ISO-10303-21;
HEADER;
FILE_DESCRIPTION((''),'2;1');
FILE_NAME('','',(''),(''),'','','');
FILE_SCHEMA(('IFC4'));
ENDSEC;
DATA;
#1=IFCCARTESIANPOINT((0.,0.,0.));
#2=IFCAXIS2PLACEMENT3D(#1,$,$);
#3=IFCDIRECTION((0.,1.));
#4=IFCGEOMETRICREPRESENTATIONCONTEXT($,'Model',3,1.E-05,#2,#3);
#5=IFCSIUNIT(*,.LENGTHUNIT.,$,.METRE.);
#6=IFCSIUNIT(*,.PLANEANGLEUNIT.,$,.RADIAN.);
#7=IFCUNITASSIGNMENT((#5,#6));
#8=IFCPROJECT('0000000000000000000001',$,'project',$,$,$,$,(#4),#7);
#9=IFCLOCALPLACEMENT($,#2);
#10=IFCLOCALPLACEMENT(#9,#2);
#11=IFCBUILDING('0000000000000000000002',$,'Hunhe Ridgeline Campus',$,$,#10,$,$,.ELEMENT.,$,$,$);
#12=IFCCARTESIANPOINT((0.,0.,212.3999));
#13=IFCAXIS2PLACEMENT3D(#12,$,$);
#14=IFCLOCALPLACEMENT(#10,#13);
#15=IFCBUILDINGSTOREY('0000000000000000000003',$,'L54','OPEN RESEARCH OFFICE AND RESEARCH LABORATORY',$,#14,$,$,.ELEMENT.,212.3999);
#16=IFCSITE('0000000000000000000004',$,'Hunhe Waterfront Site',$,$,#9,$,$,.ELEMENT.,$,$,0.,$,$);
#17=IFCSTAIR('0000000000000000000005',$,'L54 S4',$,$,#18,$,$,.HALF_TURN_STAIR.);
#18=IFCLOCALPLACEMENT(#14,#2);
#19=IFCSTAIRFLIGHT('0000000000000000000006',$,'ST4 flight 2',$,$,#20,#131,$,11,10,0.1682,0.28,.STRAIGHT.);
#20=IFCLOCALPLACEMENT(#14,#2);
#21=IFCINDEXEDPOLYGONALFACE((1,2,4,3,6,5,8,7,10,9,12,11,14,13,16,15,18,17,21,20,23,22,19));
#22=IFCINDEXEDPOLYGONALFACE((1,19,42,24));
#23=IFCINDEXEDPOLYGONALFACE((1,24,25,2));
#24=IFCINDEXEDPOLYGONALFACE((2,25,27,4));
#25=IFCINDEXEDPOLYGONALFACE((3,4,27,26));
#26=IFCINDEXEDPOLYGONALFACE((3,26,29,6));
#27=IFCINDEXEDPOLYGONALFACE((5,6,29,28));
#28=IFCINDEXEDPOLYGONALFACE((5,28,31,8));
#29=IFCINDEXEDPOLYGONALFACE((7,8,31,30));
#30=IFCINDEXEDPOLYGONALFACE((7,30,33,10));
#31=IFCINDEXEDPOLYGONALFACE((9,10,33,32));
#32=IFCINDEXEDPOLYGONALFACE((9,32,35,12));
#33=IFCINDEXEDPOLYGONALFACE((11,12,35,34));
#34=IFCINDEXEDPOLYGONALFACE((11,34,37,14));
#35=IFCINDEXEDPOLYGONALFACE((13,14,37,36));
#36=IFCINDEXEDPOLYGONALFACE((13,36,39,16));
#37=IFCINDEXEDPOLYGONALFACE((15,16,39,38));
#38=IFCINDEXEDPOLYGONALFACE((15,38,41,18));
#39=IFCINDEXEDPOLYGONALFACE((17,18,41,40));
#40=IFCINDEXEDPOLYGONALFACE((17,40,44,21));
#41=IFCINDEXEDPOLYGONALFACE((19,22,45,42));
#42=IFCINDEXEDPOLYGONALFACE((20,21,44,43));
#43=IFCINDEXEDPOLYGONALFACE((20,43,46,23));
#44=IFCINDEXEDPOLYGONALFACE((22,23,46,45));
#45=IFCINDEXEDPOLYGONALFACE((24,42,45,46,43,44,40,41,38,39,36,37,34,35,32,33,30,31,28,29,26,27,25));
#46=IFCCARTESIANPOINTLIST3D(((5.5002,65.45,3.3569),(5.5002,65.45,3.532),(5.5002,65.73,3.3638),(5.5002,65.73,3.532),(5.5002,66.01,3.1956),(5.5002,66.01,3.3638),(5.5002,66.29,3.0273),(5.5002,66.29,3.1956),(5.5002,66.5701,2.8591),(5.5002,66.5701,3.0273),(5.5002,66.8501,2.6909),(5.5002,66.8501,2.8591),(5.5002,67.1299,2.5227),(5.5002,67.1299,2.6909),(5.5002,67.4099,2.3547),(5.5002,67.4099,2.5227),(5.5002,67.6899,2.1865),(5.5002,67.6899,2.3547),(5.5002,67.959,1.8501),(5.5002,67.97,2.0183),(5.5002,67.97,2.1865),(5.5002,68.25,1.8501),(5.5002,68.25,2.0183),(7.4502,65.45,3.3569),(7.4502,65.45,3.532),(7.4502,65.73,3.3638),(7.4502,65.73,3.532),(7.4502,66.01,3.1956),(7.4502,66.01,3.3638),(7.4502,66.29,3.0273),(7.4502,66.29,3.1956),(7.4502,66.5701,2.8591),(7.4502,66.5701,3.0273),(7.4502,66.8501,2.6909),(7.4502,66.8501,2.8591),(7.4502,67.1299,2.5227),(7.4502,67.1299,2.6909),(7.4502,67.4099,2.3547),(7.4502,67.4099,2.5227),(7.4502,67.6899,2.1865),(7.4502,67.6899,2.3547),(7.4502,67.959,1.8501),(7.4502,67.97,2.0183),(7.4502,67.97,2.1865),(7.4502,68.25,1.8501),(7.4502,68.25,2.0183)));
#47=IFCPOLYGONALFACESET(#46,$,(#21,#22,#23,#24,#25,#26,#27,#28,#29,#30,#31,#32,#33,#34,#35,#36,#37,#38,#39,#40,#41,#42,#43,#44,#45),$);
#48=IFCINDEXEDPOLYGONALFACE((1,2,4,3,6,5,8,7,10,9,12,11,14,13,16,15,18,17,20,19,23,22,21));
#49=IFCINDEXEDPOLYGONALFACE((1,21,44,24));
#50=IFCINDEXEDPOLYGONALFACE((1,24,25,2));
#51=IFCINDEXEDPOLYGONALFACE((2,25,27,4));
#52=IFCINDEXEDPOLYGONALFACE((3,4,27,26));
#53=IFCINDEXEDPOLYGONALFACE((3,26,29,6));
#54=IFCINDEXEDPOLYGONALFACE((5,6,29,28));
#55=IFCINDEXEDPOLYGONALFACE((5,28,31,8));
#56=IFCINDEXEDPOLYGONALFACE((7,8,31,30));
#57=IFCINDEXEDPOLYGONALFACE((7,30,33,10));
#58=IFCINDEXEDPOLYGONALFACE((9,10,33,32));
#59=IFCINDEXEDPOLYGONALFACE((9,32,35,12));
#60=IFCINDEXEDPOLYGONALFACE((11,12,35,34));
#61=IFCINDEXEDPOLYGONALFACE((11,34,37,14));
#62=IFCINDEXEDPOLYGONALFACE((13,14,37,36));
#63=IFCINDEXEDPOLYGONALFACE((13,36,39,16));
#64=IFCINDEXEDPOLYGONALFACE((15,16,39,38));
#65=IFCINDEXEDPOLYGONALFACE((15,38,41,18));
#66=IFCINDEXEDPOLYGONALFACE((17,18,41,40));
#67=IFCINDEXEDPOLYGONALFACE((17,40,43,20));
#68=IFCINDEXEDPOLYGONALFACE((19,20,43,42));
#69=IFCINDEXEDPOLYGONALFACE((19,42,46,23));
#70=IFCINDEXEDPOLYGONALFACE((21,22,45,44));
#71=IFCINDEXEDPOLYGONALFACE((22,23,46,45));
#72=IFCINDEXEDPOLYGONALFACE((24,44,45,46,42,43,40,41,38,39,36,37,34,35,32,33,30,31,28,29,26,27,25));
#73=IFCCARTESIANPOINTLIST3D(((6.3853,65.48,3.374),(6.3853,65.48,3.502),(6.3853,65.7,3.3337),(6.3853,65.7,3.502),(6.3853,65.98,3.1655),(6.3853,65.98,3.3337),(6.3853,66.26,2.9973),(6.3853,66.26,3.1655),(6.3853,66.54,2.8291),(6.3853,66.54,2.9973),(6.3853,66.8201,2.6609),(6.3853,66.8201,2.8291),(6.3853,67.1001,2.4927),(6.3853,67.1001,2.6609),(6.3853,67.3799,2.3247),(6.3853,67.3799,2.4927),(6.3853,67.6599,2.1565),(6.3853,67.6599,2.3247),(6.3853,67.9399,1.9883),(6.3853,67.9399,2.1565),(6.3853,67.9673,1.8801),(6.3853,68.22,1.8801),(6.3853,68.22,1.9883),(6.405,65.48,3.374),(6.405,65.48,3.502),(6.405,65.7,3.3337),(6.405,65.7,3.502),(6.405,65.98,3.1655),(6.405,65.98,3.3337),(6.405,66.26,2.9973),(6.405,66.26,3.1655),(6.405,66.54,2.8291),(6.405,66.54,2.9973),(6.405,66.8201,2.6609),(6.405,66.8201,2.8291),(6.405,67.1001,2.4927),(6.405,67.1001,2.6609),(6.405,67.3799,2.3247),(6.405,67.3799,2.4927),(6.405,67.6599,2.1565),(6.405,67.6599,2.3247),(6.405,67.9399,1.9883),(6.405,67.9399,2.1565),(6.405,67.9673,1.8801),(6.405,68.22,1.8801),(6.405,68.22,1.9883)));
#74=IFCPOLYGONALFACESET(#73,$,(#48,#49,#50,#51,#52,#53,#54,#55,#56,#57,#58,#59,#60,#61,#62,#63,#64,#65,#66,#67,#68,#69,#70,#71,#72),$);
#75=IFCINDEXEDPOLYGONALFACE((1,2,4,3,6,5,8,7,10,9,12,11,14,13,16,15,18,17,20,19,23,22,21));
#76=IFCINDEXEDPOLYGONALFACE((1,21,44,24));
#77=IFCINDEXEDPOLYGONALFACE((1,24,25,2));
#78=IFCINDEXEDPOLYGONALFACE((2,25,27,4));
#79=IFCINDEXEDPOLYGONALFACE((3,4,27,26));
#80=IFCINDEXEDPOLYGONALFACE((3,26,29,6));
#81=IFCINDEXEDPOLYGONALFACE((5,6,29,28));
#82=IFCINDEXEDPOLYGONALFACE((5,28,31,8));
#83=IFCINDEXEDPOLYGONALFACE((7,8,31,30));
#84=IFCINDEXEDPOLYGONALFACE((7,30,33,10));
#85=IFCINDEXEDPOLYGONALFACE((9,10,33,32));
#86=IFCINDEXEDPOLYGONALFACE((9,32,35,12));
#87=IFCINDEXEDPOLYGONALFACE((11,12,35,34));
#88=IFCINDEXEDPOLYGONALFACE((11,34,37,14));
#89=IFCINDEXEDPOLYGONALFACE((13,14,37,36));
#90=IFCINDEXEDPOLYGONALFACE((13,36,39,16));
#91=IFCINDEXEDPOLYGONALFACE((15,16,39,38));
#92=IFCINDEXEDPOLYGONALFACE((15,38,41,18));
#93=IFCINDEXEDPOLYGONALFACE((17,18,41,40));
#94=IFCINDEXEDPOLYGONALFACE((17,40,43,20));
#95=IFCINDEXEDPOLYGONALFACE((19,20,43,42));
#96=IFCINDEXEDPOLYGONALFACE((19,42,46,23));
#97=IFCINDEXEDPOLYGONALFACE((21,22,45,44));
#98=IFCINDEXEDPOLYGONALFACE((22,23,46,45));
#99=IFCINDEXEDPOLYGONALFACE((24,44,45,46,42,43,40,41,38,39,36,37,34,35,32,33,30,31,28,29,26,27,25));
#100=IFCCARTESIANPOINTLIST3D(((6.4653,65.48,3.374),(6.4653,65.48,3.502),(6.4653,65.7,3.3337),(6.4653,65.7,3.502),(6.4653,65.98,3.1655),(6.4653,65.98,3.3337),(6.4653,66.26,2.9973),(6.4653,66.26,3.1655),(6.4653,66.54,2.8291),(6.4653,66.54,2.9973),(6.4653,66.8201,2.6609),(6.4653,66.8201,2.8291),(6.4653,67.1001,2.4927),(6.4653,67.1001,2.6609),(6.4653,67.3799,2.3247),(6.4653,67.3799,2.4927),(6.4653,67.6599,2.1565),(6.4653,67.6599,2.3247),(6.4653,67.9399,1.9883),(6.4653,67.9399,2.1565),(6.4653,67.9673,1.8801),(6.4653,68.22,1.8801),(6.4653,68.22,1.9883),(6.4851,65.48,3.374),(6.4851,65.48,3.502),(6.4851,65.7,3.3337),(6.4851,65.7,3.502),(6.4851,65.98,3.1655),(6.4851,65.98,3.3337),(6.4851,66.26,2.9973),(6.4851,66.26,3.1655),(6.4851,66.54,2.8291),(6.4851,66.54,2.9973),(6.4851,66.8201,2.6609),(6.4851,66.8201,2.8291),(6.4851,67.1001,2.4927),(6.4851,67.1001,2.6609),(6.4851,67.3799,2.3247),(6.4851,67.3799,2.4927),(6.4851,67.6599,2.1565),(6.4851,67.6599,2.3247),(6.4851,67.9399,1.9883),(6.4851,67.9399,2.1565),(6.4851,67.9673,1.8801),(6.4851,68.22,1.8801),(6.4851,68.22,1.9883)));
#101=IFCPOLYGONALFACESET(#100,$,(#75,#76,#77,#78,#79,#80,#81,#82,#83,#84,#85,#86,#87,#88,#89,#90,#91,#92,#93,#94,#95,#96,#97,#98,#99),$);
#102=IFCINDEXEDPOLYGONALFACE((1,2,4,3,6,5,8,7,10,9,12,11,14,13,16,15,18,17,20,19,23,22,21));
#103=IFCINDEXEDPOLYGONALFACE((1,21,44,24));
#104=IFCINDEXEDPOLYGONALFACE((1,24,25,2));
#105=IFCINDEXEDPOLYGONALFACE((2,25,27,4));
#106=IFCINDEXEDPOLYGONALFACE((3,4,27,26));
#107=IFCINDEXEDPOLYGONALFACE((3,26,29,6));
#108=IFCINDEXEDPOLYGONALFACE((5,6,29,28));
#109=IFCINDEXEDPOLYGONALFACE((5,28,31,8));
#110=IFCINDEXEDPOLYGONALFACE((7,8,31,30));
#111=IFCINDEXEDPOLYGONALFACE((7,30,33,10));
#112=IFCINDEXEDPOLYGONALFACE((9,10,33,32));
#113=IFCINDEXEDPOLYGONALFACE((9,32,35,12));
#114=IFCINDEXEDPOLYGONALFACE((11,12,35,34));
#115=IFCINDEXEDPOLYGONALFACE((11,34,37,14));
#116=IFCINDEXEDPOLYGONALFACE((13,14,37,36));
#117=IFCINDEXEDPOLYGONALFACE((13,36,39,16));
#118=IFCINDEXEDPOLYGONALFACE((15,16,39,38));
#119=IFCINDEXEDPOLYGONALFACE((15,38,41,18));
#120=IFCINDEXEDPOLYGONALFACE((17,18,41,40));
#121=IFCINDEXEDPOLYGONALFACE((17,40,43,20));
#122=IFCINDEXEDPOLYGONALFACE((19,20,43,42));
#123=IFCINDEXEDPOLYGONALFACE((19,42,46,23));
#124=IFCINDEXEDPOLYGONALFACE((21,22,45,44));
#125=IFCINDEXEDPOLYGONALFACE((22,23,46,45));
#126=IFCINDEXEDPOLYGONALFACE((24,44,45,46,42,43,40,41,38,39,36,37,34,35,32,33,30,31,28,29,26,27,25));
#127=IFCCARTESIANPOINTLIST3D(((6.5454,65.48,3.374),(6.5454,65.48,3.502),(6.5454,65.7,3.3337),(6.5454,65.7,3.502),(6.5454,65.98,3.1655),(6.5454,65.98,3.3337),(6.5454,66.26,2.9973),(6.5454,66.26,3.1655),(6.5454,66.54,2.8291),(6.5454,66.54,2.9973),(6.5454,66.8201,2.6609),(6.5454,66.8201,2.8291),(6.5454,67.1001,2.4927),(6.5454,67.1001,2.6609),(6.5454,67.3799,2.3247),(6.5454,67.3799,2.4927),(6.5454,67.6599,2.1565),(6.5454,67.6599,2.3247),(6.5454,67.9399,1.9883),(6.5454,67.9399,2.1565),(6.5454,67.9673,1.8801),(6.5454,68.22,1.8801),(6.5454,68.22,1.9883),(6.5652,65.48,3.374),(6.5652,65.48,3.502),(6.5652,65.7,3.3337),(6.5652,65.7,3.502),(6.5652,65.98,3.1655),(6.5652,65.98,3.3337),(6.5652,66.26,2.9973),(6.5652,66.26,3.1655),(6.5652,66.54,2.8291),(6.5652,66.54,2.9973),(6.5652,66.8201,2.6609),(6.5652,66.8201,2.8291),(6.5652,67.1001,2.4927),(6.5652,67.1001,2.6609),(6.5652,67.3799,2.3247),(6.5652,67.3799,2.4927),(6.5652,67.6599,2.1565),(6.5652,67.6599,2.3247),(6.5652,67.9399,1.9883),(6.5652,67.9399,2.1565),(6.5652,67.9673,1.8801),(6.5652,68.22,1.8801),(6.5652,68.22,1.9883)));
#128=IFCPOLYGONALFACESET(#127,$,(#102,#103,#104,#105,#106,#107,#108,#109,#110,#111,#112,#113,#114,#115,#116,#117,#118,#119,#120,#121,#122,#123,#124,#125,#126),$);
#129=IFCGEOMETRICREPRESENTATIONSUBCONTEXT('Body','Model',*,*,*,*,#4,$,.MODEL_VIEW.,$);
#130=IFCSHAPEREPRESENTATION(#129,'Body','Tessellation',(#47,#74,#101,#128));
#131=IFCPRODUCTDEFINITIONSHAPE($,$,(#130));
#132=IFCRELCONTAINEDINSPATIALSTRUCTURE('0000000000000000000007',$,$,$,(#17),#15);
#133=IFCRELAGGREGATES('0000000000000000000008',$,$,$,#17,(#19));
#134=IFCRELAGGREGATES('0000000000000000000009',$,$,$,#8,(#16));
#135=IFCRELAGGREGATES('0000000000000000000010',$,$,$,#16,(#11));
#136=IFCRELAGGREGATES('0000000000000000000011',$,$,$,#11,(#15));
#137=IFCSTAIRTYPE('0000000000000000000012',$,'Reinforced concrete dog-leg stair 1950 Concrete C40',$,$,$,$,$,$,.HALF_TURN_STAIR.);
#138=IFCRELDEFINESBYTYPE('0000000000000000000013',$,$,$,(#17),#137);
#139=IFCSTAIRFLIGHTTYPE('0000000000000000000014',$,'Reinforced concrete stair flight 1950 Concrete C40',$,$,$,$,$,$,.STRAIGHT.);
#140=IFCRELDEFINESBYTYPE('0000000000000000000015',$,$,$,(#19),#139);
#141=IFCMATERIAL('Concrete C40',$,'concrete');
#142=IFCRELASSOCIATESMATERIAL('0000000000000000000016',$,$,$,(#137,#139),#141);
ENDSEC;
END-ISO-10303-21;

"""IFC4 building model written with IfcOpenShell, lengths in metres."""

from ifc_helpers import new_model, si_unit, direction, frame, origin, place, context, subcontext, project, spatial, polyline, outline, extrude, material, type_object, element, aggregate, save


model = new_model("IFC4")

# Units and contexts
model_context = context("Model", 3, precision=1e-05, world=origin(), true_north=direction((0.0, 1.0)))
body_context = subcontext(model_context, "Body", "Model", "MODEL_VIEW")
ifc_project = project(units=[si_unit("LENGTHUNIT", "METRE"), si_unit("PLANEANGLEUNIT", "RADIAN")], contexts=[model_context])

# Site, building, storey
site_placement = place(None, origin())
site = spatial("IfcSite", under=ifc_project, at=site_placement, Name="Hunhe Waterfront Site", CompositionType="ELEMENT", RefElevation=0.0)
building_placement = place(site_placement, origin())
building = spatial("IfcBuilding", under=site, at=building_placement, Name="Hunhe Ridgeline Campus", CompositionType="ELEMENT")
storey_placement = place(building_placement, frame((0.0, 0.0, 212.3999)))
storey = spatial("IfcBuildingStorey", under=building, at=storey_placement, Name="L54", Description="OPEN RESEARCH OFFICE AND RESEARCH LABORATORY", CompositionType="ELEMENT", Elevation=212.3999)

# Stair, stair flight
ifc_material_1 = material(Name="Concrete C40", Category="concrete")
stair_type = type_object("IfcStairType", Name="Reinforced concrete dog-leg stair 1950 Concrete C40", PredefinedType="HALF_TURN_STAIR", material=ifc_material_1)
stair_placement = place(storey_placement, origin())
stair = element("IfcStair", 1, at=stair_placement, inside=storey, type_object=stair_type, Name="L54 S4", PredefinedType="HALF_TURN_STAIR")
stair_flight_type = type_object("IfcStairFlightType", Name="Reinforced concrete stair flight 1950 Concrete C40", PredefinedType="STRAIGHT", material=ifc_material_1)
stair_flight_placement = place(storey_placement, frame((6.4751, 68.25, 1.8501), z_axis=(0.0, 0.0, 1.0), x_axis=(0.0, -1.0, 0.0)))
stair_flight = element("IfcStairFlight", 2, at=stair_flight_placement, type_object=stair_flight_type, Name="ST4 flight 2", NumberOfRisers=11, NumberOfTreads=10, PredefinedType="STRAIGHT", RiserHeight=0.1682, TreadLength=0.28, context=body_context, shape_type="SweptSolid", body=[
    extrude(outline(polyline([(0.0, 0.0), (0.0, 0.1682), (0.28, 0.1682), (0.28, 0.3364), (0.5601, 0.3364), (0.5601, 0.5046), (0.8401, 0.5046), (0.8401, 0.6726), (1.1201, 0.6726), (1.1201, 0.8408), (1.3999, 0.8408), (1.3999, 1.009), (1.6799, 1.009), (1.6799, 1.1772), (1.96, 1.1772), (1.96, 1.3455), (2.24, 1.3455), (2.24, 1.5137), (2.52, 1.5137), (2.52, 1.6819), (2.8, 1.6819), (2.8, 1.8501), (2.8, 1.5068), (0.291, 0.0), (0.0, 0.0)])), frame((0.0, 0.9751, 0.0), z_axis=(0.0, -1.0, 0.0), x_axis=(1.0, 0.0, 0.0)), (0.0, 0.0, 1.0), 1.95),
    extrude(outline(polyline([(0.03, 0.03), (0.03, 0.1382), (0.3101, 0.1382), (0.3101, 0.3064), (0.5901, 0.3064), (0.5901, 0.4746), (0.8701, 0.4746), (0.8701, 0.6426), (1.1499, 0.6426), (1.1499, 0.8108), (1.4299, 0.8108), (1.4299, 0.979), (1.71, 0.979), (1.71, 1.1472), (1.99, 1.1472), (1.99, 1.3154), (2.27, 1.3154), (2.27, 1.4836), (2.55, 1.4836), (2.55, 1.6519), (2.77, 1.6519), (2.77, 1.5239), (0.2827, 0.03), (0.03, 0.03)])), frame((0.0, -0.0701, 0.0), z_axis=(0.0, -1.0, 0.0), x_axis=(1.0, 0.0, 0.0)), (0.0, 0.0, 1.0), 0.0198),
    extrude(outline(polyline([(0.03, 0.03), (0.03, 0.1382), (0.3101, 0.1382), (0.3101, 0.3064), (0.5901, 0.3064), (0.5901, 0.4746), (0.8701, 0.4746), (0.8701, 0.6426), (1.1499, 0.6426), (1.1499, 0.8108), (1.4299, 0.8108), (1.4299, 0.979), (1.71, 0.979), (1.71, 1.1472), (1.99, 1.1472), (1.99, 1.3154), (2.27, 1.3154), (2.27, 1.4836), (2.55, 1.4836), (2.55, 1.6519), (2.77, 1.6519), (2.77, 1.5239), (0.2827, 0.03), (0.03, 0.03)])), frame((0.0, 0.01, 0.0), z_axis=(0.0, -1.0, 0.0), x_axis=(1.0, 0.0, 0.0)), (0.0, 0.0, 1.0), 0.0198),
    extrude(outline(polyline([(0.03, 0.03), (0.03, 0.1382), (0.3101, 0.1382), (0.3101, 0.3064), (0.5901, 0.3064), (0.5901, 0.4746), (0.8701, 0.4746), (0.8701, 0.6426), (1.1499, 0.6426), (1.1499, 0.8108), (1.4299, 0.8108), (1.4299, 0.979), (1.71, 0.979), (1.71, 1.1472), (1.99, 1.1472), (1.99, 1.3154), (2.27, 1.3154), (2.27, 1.4836), (2.55, 1.4836), (2.55, 1.6519), (2.77, 1.6519), (2.77, 1.5239), (0.2827, 0.03), (0.03, 0.03)])), frame((0.0, 0.0901, 0.0), z_axis=(0.0, -1.0, 0.0), x_axis=(1.0, 0.0, 0.0)), (0.0, 0.0, 1.0), 0.0198),
])
aggregate(stair, [stair_flight])

save(model, "model.ifc")
